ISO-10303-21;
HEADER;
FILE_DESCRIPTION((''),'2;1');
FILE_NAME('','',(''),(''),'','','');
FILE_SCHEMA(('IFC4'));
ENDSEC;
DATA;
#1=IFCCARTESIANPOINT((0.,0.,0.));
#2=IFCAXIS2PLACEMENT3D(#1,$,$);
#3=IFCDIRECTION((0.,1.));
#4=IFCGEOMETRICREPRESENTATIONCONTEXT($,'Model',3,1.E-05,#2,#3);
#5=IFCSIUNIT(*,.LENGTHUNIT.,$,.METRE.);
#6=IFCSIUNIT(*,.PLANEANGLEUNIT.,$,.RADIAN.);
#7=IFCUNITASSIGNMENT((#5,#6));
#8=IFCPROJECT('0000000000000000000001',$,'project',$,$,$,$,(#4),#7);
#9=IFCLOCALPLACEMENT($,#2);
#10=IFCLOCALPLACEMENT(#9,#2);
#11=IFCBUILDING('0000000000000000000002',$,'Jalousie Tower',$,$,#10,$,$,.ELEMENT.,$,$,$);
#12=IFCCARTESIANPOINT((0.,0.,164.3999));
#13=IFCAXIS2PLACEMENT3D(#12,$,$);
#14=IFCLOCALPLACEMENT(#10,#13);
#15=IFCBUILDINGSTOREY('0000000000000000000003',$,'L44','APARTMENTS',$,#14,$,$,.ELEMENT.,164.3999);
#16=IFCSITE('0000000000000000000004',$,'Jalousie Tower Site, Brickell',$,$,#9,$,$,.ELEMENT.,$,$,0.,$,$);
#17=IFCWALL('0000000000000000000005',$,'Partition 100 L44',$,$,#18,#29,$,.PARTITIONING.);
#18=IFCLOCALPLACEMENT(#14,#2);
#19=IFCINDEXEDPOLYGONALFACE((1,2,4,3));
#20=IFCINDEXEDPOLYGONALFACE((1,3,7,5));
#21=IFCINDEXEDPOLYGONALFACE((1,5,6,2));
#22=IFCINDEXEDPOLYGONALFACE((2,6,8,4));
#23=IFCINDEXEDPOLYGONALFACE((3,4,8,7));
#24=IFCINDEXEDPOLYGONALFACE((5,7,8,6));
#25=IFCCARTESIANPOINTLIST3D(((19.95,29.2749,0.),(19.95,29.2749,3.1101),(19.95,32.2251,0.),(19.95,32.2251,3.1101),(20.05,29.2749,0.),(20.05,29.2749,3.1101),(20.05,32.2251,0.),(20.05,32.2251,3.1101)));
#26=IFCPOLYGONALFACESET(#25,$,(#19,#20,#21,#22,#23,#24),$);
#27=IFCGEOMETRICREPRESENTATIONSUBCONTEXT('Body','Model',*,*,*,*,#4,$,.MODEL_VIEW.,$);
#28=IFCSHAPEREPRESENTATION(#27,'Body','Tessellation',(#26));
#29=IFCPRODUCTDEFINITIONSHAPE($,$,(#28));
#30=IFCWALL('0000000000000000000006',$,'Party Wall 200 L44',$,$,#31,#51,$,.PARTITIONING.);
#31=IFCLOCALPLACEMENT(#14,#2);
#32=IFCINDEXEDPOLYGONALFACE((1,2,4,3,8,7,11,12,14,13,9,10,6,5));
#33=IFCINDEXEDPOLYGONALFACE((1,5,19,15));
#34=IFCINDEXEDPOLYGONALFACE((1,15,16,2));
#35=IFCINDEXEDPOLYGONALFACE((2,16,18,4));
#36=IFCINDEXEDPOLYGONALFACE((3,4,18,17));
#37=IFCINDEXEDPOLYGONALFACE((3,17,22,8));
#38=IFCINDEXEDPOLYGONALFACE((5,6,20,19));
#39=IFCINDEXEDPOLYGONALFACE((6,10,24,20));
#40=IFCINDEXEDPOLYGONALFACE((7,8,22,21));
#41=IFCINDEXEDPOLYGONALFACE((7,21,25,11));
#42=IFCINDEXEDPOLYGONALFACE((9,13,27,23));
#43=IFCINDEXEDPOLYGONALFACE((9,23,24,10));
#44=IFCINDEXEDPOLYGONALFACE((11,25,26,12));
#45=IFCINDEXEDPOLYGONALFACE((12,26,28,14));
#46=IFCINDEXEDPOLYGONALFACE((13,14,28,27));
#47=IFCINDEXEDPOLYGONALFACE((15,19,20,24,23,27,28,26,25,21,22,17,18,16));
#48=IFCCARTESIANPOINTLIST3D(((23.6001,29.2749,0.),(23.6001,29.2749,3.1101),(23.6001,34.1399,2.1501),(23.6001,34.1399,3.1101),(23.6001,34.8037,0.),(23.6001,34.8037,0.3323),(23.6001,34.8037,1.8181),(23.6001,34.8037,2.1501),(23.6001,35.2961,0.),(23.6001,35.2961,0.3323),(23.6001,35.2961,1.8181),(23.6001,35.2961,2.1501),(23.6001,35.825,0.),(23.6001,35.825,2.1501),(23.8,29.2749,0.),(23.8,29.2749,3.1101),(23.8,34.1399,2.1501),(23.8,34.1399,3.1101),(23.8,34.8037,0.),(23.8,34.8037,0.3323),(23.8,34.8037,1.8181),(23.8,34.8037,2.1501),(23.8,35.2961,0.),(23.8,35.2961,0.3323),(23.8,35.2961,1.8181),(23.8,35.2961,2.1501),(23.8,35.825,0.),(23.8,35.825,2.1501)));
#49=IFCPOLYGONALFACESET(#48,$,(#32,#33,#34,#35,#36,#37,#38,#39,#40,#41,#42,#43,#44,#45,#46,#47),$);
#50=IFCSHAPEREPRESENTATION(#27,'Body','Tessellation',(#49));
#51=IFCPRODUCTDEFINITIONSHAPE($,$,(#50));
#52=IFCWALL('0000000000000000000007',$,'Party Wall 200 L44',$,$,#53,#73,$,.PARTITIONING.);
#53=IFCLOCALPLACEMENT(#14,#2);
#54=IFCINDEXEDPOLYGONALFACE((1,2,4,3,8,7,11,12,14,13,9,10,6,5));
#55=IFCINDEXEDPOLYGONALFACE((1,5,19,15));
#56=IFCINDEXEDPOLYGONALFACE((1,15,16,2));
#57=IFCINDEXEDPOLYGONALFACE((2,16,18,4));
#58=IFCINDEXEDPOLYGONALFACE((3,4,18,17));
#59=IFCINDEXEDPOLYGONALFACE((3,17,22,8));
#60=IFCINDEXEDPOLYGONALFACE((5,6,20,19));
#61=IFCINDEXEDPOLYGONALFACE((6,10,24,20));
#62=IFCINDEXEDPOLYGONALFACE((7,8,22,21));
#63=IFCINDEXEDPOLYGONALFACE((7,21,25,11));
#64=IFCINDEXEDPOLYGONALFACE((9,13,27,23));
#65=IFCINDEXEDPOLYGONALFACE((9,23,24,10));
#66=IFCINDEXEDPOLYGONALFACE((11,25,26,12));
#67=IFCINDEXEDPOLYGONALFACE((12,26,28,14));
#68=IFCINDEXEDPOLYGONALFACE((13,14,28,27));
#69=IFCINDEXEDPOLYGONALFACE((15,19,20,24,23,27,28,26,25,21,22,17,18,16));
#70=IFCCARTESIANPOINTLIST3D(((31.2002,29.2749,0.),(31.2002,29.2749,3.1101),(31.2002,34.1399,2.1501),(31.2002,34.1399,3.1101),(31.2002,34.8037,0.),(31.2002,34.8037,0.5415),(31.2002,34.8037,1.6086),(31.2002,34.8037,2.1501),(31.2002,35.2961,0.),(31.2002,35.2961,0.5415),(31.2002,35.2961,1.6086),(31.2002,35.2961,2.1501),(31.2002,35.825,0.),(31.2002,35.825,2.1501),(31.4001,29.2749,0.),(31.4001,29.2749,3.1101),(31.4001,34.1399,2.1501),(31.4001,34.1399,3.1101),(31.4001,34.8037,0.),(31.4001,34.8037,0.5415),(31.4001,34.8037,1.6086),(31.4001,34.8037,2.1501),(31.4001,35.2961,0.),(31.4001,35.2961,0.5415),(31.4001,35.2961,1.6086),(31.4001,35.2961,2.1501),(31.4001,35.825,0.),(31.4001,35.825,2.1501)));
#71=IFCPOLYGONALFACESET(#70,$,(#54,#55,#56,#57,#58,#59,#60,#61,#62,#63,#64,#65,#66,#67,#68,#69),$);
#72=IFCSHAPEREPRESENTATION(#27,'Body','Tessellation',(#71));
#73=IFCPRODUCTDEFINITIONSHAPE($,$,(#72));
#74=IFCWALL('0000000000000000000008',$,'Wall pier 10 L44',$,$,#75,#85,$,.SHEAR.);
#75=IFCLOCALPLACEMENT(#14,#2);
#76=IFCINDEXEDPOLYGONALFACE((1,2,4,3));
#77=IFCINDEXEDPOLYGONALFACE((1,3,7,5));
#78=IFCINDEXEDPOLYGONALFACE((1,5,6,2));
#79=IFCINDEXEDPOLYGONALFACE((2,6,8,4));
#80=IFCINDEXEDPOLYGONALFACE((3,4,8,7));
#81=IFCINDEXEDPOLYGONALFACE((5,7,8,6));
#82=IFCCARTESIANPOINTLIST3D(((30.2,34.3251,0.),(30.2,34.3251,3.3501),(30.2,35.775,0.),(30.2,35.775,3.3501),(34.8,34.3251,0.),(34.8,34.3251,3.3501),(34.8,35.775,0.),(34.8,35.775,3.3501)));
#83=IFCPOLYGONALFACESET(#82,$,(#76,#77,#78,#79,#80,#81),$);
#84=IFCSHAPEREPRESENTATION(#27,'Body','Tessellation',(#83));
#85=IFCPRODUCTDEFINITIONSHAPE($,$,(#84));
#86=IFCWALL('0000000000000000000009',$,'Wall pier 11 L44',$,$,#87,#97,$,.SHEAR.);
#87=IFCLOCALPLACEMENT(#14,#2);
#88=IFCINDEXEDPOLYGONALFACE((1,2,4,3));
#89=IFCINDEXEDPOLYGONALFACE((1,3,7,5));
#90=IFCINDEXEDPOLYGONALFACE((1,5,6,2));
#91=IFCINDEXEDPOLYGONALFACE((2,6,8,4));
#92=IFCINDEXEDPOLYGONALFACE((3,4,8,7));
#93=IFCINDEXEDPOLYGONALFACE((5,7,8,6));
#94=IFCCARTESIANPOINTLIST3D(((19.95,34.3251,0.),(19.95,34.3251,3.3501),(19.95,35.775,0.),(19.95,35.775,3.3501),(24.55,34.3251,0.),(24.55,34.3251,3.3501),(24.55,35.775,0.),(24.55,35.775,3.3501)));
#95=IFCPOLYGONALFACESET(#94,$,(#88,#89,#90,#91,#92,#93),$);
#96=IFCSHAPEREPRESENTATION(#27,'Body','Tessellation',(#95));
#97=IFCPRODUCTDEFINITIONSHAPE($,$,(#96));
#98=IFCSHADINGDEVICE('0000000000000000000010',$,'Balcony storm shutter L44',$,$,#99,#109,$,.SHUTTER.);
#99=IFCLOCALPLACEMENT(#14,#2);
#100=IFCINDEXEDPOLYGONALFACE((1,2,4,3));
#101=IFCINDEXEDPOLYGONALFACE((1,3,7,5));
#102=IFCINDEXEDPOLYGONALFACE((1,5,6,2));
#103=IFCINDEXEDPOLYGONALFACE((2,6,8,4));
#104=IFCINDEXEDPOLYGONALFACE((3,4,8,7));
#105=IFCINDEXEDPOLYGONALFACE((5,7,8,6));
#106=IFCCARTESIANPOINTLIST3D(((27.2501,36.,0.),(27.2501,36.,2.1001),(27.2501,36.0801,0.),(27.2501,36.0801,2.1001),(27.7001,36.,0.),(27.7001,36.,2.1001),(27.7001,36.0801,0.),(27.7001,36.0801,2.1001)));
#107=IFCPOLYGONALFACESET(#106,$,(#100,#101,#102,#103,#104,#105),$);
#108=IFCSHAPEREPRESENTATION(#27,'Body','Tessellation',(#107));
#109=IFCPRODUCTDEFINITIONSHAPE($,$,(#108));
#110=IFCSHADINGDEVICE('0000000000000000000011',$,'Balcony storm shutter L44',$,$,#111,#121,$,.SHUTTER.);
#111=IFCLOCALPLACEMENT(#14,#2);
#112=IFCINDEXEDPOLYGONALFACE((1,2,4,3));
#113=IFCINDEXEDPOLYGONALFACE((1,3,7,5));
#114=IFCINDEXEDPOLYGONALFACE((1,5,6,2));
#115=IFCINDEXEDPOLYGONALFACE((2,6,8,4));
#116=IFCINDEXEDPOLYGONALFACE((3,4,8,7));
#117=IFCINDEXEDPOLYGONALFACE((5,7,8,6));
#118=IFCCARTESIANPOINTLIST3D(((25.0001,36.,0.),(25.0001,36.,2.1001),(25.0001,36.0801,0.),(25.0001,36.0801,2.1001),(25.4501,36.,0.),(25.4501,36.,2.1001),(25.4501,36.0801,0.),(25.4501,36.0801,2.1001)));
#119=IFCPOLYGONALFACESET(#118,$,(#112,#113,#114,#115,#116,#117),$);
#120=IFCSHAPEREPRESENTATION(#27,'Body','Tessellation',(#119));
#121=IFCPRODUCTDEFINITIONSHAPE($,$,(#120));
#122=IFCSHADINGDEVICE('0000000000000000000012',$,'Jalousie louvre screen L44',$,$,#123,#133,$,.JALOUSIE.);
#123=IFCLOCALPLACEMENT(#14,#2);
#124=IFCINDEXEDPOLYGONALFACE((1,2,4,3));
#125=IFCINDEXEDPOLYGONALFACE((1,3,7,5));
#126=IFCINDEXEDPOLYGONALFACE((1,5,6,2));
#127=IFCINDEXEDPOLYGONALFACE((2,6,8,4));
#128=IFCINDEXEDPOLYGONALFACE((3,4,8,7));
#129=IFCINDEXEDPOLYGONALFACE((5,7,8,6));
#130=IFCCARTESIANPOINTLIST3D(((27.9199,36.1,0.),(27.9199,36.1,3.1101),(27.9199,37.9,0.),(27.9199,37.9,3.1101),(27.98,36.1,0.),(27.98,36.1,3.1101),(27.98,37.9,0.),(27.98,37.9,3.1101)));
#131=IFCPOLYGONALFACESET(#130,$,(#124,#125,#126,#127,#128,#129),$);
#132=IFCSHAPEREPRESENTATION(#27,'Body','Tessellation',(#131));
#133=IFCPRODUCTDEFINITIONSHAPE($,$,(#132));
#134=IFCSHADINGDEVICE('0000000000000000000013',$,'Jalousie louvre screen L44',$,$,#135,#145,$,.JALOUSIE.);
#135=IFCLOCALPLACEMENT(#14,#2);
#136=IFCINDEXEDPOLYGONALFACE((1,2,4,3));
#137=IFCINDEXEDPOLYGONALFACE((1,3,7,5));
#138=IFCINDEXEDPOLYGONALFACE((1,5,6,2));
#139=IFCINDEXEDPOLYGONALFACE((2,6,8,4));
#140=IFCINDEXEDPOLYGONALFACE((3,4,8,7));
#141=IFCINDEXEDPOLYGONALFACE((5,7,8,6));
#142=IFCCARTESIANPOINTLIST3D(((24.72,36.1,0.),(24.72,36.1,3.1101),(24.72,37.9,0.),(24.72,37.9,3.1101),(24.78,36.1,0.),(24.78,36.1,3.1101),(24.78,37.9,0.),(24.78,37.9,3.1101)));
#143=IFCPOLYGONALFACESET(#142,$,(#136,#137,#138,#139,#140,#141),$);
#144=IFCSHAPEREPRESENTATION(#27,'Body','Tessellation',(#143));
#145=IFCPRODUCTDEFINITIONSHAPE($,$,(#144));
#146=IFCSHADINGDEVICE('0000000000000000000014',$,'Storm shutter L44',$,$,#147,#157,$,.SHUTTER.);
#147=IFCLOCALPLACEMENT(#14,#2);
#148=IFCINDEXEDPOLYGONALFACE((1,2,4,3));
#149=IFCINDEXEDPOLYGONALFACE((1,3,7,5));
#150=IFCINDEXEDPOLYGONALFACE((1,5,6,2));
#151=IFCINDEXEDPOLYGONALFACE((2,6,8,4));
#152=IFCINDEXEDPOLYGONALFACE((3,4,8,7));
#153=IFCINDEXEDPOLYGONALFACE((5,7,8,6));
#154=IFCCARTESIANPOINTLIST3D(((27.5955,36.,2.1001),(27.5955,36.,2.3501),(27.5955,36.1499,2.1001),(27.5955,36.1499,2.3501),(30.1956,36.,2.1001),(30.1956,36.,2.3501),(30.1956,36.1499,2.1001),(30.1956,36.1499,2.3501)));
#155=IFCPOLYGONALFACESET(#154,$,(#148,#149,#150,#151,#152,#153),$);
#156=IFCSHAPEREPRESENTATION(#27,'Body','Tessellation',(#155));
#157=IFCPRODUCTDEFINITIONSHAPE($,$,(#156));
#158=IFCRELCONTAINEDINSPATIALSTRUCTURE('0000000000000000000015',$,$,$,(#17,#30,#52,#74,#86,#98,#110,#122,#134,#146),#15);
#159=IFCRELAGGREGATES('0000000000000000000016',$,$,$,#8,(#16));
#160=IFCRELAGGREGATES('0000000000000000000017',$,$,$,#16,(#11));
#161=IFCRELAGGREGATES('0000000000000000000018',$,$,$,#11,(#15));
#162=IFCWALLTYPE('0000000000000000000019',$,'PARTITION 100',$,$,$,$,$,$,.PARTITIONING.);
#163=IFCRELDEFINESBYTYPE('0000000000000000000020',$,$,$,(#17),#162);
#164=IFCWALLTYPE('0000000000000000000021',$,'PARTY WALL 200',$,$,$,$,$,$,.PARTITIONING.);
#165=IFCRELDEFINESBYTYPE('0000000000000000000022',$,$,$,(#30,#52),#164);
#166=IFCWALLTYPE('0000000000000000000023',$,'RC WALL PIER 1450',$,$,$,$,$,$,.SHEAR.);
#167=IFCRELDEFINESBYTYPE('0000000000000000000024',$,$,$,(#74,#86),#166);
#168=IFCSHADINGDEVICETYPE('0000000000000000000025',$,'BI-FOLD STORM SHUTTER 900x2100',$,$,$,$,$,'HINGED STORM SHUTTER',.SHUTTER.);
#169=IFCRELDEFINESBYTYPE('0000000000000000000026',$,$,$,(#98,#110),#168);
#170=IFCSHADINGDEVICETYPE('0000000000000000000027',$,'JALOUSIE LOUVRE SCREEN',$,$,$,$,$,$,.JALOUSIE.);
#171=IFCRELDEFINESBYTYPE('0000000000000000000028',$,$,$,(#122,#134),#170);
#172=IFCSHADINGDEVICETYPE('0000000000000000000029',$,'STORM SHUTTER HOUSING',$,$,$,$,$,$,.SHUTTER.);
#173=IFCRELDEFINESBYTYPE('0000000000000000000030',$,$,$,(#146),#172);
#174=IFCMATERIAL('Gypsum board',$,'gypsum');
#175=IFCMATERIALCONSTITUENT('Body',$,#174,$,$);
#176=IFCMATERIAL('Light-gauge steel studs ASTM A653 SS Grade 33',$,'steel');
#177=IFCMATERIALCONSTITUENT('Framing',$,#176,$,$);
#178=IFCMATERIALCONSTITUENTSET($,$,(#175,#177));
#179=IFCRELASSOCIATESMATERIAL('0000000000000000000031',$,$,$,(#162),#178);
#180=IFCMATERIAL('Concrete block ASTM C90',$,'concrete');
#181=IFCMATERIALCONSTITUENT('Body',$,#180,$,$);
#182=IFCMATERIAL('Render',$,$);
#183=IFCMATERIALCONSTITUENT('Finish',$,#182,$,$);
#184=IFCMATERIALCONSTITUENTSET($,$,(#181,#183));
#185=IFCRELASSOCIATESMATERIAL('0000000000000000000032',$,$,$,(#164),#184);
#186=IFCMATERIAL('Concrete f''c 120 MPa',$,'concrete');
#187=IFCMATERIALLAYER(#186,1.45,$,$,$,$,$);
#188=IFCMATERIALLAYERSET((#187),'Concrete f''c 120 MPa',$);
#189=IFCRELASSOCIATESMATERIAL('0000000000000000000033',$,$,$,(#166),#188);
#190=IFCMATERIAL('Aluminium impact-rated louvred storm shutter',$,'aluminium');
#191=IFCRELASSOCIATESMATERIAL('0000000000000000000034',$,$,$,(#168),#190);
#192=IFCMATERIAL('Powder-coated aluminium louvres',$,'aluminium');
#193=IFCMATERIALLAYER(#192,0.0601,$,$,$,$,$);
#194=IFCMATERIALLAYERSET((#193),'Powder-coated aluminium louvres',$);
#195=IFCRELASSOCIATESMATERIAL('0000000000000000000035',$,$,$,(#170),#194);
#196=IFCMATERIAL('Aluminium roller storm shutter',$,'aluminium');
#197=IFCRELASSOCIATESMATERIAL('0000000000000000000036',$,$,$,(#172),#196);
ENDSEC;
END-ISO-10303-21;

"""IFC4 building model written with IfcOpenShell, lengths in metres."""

from ifc_helpers import new_model, si_unit, direction, frame, frame_2d, origin, origin_2d, place, context, subcontext, project, spatial, polyline, rectangle, outline, extrude, material, layer, layer_set, constituent, constituent_set, type_object, element, save


model = new_model("IFC4")

# Units and contexts
model_context = context("Model", 3, precision=1e-05, world=origin(), true_north=direction((0.0, 1.0)))
body_context = subcontext(model_context, "Body", "Model", "MODEL_VIEW")
ifc_project = project(units=[si_unit("LENGTHUNIT", "METRE"), si_unit("PLANEANGLEUNIT", "RADIAN")], contexts=[model_context])

# Site, building, storey
site_placement = place(None, origin())
site = spatial("IfcSite", under=ifc_project, at=site_placement, Name="Jalousie Tower Site, Brickell", CompositionType="ELEMENT", RefElevation=0.0)
building_placement = place(site_placement, origin())
building = spatial("IfcBuilding", under=site, at=building_placement, Name="Jalousie Tower", CompositionType="ELEMENT")
storey_placement = place(building_placement, frame((0.0, 0.0, 164.3999)))
storey = spatial("IfcBuildingStorey", under=building, at=storey_placement, Name="L44", Description="APARTMENTS", CompositionType="ELEMENT", Elevation=164.3999)

# Shared definitions
ifc_material_1 = material(Name="Gypsum board", Category="gypsum")
ifc_constituent_1 = constituent(ifc_material_1, Name="Body")
ifc_material_2 = material(Name="Light-gauge steel studs ASTM A653 SS Grade 33", Category="steel")
ifc_constituent_2 = constituent(ifc_material_2, Name="Framing")
ifc_constituent_set_1 = constituent_set(constituents=[ifc_constituent_1, ifc_constituent_2])
wall_type_1 = type_object("IfcWallType", Name="PARTITION 100", PredefinedType="PARTITIONING", material=ifc_constituent_set_1)

# Walls
wall_1_placement = place(storey_placement, frame((20.0, 32.2251, 0.0), z_axis=(0.0, 0.0, 1.0), x_axis=(0.0, -1.0, 0.0)))
element("IfcWall", 1, at=wall_1_placement, inside=storey, type_object=wall_type_1, Name="Partition 100 L44", PredefinedType="PARTITIONING", context=body_context, shape_type="SweptSolid", body=[
    extrude(rectangle(XDim=2.9502, YDim=0.1001, at=frame_2d((1.4751, 0.0))), origin(), (0.0, 0.0, 1.0), 3.1101),
])
ifc_material_3 = material(Name="Concrete block ASTM C90", Category="concrete")
ifc_constituent_3 = constituent(ifc_material_3, Name="Body")
ifc_material_4 = material(Name="Render")
ifc_constituent_4 = constituent(ifc_material_4, Name="Finish")
ifc_constituent_set_2 = constituent_set(constituents=[ifc_constituent_3, ifc_constituent_4])
wall_type_2 = type_object("IfcWallType", Name="PARTY WALL 200", PredefinedType="PARTITIONING", material=ifc_constituent_set_2)
wall_2_placement = place(storey_placement, frame((23.7, 35.825, 0.0), z_axis=(0.0, 0.0, 1.0), x_axis=(0.0, -1.0, 0.0)))
element("IfcWall", 2, at=wall_2_placement, inside=storey, type_object=wall_type_2, Name="Party Wall 200 L44", PredefinedType="PARTITIONING", context=body_context, shape_type="SweptSolid", body=[
    extrude(outline(polyline([(0.5288, 2.1501), (0.0, 2.1501), (0.0, 0.0), (0.5288, 0.0), (0.5288, 0.3323), (1.0212, 0.3323), (1.0212, 0.0), (6.55, 0.0), (6.55, 3.1101), (1.6851, 3.1101), (1.6851, 2.1501), (1.0212, 2.1501), (1.0212, 1.8181), (0.5288, 1.8181), (0.5288, 2.1501)])), frame((0.0, 0.1001, 0.0), z_axis=(0.0, -1.0, 0.0), x_axis=(1.0, 0.0, 0.0)), (0.0, 0.0, 1.0), 0.2),
])
wall_3_placement = place(storey_placement, frame((31.3, 35.825, 0.0), z_axis=(0.0, 0.0, 1.0), x_axis=(0.0, -1.0, 0.0)))
element("IfcWall", 3, at=wall_3_placement, inside=storey, type_object=wall_type_2, Name="Party Wall 200 L44", PredefinedType="PARTITIONING", context=body_context, shape_type="SweptSolid", body=[
    extrude(outline(polyline([(0.5288, 2.1501), (0.0, 2.1501), (0.0, 0.0), (0.5288, 0.0), (0.5288, 0.5415), (1.0212, 0.5415), (1.0212, 0.0), (6.55, 0.0), (6.55, 3.1101), (1.6851, 3.1101), (1.6851, 2.1501), (1.0212, 2.1501), (1.0212, 1.6086), (0.5288, 1.6086), (0.5288, 2.1501)])), frame((0.0, 0.1001, 0.0), z_axis=(0.0, -1.0, 0.0), x_axis=(1.0, 0.0, 0.0)), (0.0, 0.0, 1.0), 0.2),
])
ifc_material_5 = material(Name="Concrete f'c 120 MPa", Category="concrete")
ifc_layer_1 = layer(ifc_material_5, 1.45)
ifc_layer_set_1 = layer_set([ifc_layer_1], Name="Concrete f'c 120 MPa")
wall_type_3 = type_object("IfcWallType", Name="RC WALL PIER 1450", PredefinedType="SHEAR", material=ifc_layer_set_1)
for number, where, z_axis, x_axis, name in (
    (4, (30.2, 35.05, 0.0), (0.0, 0.0, 1.0), (1.0, 0.0, 0.0), "Wall pier 10 L44"),
    (5, (19.95, 35.05, 0.0), (0.0, 0.0, 1.0), (1.0, 0.0, 0.0), "Wall pier 11 L44"),
):
    element("IfcWall", number, at=place(storey_placement, frame(where, z_axis=z_axis, x_axis=x_axis)), inside=storey, type_object=wall_type_3, Name=name, PredefinedType="SHEAR", context=body_context, shape_type="SweptSolid", body=[
        extrude(rectangle(XDim=4.6001, YDim=1.45, at=frame_2d((2.3, 0.0))), origin(), (0.0, 0.0, 1.0), 3.3501),
    ])

# Shading devices
ifc_material_6 = material(Name="Aluminium impact-rated louvred storm shutter", Category="aluminium")
shading_device_type_1 = type_object("IfcShadingDeviceType", Name="BI-FOLD STORM SHUTTER 900x2100", ElementType="HINGED STORM SHUTTER", PredefinedType="SHUTTER", material=ifc_material_6)
for number, where, z_axis, x_axis, name in (
    (6, (27.4751, 36.04, 0.0), (0.0, 0.0, 1.0), (-1.0, 0.0, 0.0), "Balcony storm shutter L44"),
    (7, (25.2251, 36.04, 0.0), (0.0, 0.0, 1.0), (-1.0, 0.0, 0.0), "Balcony storm shutter L44"),
):
    element("IfcShadingDevice", number, at=place(storey_placement, frame(where, z_axis=z_axis, x_axis=x_axis)), inside=storey, type_object=shading_device_type_1, Name=name, PredefinedType="SHUTTER", context=body_context, shape_type="SweptSolid", body=[
        extrude(rectangle(XDim=0.45, YDim=0.0801, at=origin_2d()), origin(), (0.0, 0.0, 1.0), 2.1001),
    ])

# Shading devices
ifc_material_7 = material(Name="Powder-coated aluminium louvres", Category="aluminium")
ifc_layer_2 = layer(ifc_material_7, 0.0601)
ifc_layer_set_2 = layer_set([ifc_layer_2], Name="Powder-coated aluminium louvres")
shading_device_type_2 = type_object("IfcShadingDeviceType", Name="JALOUSIE LOUVRE SCREEN", PredefinedType="JALOUSIE", material=ifc_layer_set_2)
for number, where, z_axis, x_axis, name in (
    (8, (27.95, 37.0, 0.0), (0.0, 0.0, 1.0), (-1.0, 0.0, 0.0), "Jalousie louvre screen L44"),
    (9, (24.75, 37.0, 0.0), (0.0, 0.0, 1.0), (-1.0, 0.0, 0.0), "Jalousie louvre screen L44"),
):
    element("IfcShadingDevice", number, at=place(storey_placement, frame(where, z_axis=z_axis, x_axis=x_axis)), inside=storey, type_object=shading_device_type_2, Name=name, PredefinedType="JALOUSIE", context=body_context, shape_type="SweptSolid", body=[
        extrude(rectangle(XDim=0.0601, YDim=1.8, at=origin_2d()), origin(), (0.0, 0.0, 1.0), 3.1101),
    ])
ifc_material_8 = material(Name="Aluminium roller storm shutter", Category="aluminium")
shading_device_type_3 = type_object("IfcShadingDeviceType", Name="STORM SHUTTER HOUSING", PredefinedType="SHUTTER", material=ifc_material_8)
shading_device_placement = place(storey_placement, frame((28.8955, 36.075, 2.1001), z_axis=(0.0, 0.0, 1.0), x_axis=(-1.0, 0.0, 0.0)))
element("IfcShadingDevice", 10, at=shading_device_placement, inside=storey, type_object=shading_device_type_3, Name="Storm shutter L44", PredefinedType="SHUTTER", context=body_context, shape_type="SweptSolid", body=[
    extrude(rectangle(XDim=2.6001, YDim=0.1499, at=origin_2d()), origin(), (0.0, 0.0, 1.0), 0.25),
])

save(model, "model.ifc")
